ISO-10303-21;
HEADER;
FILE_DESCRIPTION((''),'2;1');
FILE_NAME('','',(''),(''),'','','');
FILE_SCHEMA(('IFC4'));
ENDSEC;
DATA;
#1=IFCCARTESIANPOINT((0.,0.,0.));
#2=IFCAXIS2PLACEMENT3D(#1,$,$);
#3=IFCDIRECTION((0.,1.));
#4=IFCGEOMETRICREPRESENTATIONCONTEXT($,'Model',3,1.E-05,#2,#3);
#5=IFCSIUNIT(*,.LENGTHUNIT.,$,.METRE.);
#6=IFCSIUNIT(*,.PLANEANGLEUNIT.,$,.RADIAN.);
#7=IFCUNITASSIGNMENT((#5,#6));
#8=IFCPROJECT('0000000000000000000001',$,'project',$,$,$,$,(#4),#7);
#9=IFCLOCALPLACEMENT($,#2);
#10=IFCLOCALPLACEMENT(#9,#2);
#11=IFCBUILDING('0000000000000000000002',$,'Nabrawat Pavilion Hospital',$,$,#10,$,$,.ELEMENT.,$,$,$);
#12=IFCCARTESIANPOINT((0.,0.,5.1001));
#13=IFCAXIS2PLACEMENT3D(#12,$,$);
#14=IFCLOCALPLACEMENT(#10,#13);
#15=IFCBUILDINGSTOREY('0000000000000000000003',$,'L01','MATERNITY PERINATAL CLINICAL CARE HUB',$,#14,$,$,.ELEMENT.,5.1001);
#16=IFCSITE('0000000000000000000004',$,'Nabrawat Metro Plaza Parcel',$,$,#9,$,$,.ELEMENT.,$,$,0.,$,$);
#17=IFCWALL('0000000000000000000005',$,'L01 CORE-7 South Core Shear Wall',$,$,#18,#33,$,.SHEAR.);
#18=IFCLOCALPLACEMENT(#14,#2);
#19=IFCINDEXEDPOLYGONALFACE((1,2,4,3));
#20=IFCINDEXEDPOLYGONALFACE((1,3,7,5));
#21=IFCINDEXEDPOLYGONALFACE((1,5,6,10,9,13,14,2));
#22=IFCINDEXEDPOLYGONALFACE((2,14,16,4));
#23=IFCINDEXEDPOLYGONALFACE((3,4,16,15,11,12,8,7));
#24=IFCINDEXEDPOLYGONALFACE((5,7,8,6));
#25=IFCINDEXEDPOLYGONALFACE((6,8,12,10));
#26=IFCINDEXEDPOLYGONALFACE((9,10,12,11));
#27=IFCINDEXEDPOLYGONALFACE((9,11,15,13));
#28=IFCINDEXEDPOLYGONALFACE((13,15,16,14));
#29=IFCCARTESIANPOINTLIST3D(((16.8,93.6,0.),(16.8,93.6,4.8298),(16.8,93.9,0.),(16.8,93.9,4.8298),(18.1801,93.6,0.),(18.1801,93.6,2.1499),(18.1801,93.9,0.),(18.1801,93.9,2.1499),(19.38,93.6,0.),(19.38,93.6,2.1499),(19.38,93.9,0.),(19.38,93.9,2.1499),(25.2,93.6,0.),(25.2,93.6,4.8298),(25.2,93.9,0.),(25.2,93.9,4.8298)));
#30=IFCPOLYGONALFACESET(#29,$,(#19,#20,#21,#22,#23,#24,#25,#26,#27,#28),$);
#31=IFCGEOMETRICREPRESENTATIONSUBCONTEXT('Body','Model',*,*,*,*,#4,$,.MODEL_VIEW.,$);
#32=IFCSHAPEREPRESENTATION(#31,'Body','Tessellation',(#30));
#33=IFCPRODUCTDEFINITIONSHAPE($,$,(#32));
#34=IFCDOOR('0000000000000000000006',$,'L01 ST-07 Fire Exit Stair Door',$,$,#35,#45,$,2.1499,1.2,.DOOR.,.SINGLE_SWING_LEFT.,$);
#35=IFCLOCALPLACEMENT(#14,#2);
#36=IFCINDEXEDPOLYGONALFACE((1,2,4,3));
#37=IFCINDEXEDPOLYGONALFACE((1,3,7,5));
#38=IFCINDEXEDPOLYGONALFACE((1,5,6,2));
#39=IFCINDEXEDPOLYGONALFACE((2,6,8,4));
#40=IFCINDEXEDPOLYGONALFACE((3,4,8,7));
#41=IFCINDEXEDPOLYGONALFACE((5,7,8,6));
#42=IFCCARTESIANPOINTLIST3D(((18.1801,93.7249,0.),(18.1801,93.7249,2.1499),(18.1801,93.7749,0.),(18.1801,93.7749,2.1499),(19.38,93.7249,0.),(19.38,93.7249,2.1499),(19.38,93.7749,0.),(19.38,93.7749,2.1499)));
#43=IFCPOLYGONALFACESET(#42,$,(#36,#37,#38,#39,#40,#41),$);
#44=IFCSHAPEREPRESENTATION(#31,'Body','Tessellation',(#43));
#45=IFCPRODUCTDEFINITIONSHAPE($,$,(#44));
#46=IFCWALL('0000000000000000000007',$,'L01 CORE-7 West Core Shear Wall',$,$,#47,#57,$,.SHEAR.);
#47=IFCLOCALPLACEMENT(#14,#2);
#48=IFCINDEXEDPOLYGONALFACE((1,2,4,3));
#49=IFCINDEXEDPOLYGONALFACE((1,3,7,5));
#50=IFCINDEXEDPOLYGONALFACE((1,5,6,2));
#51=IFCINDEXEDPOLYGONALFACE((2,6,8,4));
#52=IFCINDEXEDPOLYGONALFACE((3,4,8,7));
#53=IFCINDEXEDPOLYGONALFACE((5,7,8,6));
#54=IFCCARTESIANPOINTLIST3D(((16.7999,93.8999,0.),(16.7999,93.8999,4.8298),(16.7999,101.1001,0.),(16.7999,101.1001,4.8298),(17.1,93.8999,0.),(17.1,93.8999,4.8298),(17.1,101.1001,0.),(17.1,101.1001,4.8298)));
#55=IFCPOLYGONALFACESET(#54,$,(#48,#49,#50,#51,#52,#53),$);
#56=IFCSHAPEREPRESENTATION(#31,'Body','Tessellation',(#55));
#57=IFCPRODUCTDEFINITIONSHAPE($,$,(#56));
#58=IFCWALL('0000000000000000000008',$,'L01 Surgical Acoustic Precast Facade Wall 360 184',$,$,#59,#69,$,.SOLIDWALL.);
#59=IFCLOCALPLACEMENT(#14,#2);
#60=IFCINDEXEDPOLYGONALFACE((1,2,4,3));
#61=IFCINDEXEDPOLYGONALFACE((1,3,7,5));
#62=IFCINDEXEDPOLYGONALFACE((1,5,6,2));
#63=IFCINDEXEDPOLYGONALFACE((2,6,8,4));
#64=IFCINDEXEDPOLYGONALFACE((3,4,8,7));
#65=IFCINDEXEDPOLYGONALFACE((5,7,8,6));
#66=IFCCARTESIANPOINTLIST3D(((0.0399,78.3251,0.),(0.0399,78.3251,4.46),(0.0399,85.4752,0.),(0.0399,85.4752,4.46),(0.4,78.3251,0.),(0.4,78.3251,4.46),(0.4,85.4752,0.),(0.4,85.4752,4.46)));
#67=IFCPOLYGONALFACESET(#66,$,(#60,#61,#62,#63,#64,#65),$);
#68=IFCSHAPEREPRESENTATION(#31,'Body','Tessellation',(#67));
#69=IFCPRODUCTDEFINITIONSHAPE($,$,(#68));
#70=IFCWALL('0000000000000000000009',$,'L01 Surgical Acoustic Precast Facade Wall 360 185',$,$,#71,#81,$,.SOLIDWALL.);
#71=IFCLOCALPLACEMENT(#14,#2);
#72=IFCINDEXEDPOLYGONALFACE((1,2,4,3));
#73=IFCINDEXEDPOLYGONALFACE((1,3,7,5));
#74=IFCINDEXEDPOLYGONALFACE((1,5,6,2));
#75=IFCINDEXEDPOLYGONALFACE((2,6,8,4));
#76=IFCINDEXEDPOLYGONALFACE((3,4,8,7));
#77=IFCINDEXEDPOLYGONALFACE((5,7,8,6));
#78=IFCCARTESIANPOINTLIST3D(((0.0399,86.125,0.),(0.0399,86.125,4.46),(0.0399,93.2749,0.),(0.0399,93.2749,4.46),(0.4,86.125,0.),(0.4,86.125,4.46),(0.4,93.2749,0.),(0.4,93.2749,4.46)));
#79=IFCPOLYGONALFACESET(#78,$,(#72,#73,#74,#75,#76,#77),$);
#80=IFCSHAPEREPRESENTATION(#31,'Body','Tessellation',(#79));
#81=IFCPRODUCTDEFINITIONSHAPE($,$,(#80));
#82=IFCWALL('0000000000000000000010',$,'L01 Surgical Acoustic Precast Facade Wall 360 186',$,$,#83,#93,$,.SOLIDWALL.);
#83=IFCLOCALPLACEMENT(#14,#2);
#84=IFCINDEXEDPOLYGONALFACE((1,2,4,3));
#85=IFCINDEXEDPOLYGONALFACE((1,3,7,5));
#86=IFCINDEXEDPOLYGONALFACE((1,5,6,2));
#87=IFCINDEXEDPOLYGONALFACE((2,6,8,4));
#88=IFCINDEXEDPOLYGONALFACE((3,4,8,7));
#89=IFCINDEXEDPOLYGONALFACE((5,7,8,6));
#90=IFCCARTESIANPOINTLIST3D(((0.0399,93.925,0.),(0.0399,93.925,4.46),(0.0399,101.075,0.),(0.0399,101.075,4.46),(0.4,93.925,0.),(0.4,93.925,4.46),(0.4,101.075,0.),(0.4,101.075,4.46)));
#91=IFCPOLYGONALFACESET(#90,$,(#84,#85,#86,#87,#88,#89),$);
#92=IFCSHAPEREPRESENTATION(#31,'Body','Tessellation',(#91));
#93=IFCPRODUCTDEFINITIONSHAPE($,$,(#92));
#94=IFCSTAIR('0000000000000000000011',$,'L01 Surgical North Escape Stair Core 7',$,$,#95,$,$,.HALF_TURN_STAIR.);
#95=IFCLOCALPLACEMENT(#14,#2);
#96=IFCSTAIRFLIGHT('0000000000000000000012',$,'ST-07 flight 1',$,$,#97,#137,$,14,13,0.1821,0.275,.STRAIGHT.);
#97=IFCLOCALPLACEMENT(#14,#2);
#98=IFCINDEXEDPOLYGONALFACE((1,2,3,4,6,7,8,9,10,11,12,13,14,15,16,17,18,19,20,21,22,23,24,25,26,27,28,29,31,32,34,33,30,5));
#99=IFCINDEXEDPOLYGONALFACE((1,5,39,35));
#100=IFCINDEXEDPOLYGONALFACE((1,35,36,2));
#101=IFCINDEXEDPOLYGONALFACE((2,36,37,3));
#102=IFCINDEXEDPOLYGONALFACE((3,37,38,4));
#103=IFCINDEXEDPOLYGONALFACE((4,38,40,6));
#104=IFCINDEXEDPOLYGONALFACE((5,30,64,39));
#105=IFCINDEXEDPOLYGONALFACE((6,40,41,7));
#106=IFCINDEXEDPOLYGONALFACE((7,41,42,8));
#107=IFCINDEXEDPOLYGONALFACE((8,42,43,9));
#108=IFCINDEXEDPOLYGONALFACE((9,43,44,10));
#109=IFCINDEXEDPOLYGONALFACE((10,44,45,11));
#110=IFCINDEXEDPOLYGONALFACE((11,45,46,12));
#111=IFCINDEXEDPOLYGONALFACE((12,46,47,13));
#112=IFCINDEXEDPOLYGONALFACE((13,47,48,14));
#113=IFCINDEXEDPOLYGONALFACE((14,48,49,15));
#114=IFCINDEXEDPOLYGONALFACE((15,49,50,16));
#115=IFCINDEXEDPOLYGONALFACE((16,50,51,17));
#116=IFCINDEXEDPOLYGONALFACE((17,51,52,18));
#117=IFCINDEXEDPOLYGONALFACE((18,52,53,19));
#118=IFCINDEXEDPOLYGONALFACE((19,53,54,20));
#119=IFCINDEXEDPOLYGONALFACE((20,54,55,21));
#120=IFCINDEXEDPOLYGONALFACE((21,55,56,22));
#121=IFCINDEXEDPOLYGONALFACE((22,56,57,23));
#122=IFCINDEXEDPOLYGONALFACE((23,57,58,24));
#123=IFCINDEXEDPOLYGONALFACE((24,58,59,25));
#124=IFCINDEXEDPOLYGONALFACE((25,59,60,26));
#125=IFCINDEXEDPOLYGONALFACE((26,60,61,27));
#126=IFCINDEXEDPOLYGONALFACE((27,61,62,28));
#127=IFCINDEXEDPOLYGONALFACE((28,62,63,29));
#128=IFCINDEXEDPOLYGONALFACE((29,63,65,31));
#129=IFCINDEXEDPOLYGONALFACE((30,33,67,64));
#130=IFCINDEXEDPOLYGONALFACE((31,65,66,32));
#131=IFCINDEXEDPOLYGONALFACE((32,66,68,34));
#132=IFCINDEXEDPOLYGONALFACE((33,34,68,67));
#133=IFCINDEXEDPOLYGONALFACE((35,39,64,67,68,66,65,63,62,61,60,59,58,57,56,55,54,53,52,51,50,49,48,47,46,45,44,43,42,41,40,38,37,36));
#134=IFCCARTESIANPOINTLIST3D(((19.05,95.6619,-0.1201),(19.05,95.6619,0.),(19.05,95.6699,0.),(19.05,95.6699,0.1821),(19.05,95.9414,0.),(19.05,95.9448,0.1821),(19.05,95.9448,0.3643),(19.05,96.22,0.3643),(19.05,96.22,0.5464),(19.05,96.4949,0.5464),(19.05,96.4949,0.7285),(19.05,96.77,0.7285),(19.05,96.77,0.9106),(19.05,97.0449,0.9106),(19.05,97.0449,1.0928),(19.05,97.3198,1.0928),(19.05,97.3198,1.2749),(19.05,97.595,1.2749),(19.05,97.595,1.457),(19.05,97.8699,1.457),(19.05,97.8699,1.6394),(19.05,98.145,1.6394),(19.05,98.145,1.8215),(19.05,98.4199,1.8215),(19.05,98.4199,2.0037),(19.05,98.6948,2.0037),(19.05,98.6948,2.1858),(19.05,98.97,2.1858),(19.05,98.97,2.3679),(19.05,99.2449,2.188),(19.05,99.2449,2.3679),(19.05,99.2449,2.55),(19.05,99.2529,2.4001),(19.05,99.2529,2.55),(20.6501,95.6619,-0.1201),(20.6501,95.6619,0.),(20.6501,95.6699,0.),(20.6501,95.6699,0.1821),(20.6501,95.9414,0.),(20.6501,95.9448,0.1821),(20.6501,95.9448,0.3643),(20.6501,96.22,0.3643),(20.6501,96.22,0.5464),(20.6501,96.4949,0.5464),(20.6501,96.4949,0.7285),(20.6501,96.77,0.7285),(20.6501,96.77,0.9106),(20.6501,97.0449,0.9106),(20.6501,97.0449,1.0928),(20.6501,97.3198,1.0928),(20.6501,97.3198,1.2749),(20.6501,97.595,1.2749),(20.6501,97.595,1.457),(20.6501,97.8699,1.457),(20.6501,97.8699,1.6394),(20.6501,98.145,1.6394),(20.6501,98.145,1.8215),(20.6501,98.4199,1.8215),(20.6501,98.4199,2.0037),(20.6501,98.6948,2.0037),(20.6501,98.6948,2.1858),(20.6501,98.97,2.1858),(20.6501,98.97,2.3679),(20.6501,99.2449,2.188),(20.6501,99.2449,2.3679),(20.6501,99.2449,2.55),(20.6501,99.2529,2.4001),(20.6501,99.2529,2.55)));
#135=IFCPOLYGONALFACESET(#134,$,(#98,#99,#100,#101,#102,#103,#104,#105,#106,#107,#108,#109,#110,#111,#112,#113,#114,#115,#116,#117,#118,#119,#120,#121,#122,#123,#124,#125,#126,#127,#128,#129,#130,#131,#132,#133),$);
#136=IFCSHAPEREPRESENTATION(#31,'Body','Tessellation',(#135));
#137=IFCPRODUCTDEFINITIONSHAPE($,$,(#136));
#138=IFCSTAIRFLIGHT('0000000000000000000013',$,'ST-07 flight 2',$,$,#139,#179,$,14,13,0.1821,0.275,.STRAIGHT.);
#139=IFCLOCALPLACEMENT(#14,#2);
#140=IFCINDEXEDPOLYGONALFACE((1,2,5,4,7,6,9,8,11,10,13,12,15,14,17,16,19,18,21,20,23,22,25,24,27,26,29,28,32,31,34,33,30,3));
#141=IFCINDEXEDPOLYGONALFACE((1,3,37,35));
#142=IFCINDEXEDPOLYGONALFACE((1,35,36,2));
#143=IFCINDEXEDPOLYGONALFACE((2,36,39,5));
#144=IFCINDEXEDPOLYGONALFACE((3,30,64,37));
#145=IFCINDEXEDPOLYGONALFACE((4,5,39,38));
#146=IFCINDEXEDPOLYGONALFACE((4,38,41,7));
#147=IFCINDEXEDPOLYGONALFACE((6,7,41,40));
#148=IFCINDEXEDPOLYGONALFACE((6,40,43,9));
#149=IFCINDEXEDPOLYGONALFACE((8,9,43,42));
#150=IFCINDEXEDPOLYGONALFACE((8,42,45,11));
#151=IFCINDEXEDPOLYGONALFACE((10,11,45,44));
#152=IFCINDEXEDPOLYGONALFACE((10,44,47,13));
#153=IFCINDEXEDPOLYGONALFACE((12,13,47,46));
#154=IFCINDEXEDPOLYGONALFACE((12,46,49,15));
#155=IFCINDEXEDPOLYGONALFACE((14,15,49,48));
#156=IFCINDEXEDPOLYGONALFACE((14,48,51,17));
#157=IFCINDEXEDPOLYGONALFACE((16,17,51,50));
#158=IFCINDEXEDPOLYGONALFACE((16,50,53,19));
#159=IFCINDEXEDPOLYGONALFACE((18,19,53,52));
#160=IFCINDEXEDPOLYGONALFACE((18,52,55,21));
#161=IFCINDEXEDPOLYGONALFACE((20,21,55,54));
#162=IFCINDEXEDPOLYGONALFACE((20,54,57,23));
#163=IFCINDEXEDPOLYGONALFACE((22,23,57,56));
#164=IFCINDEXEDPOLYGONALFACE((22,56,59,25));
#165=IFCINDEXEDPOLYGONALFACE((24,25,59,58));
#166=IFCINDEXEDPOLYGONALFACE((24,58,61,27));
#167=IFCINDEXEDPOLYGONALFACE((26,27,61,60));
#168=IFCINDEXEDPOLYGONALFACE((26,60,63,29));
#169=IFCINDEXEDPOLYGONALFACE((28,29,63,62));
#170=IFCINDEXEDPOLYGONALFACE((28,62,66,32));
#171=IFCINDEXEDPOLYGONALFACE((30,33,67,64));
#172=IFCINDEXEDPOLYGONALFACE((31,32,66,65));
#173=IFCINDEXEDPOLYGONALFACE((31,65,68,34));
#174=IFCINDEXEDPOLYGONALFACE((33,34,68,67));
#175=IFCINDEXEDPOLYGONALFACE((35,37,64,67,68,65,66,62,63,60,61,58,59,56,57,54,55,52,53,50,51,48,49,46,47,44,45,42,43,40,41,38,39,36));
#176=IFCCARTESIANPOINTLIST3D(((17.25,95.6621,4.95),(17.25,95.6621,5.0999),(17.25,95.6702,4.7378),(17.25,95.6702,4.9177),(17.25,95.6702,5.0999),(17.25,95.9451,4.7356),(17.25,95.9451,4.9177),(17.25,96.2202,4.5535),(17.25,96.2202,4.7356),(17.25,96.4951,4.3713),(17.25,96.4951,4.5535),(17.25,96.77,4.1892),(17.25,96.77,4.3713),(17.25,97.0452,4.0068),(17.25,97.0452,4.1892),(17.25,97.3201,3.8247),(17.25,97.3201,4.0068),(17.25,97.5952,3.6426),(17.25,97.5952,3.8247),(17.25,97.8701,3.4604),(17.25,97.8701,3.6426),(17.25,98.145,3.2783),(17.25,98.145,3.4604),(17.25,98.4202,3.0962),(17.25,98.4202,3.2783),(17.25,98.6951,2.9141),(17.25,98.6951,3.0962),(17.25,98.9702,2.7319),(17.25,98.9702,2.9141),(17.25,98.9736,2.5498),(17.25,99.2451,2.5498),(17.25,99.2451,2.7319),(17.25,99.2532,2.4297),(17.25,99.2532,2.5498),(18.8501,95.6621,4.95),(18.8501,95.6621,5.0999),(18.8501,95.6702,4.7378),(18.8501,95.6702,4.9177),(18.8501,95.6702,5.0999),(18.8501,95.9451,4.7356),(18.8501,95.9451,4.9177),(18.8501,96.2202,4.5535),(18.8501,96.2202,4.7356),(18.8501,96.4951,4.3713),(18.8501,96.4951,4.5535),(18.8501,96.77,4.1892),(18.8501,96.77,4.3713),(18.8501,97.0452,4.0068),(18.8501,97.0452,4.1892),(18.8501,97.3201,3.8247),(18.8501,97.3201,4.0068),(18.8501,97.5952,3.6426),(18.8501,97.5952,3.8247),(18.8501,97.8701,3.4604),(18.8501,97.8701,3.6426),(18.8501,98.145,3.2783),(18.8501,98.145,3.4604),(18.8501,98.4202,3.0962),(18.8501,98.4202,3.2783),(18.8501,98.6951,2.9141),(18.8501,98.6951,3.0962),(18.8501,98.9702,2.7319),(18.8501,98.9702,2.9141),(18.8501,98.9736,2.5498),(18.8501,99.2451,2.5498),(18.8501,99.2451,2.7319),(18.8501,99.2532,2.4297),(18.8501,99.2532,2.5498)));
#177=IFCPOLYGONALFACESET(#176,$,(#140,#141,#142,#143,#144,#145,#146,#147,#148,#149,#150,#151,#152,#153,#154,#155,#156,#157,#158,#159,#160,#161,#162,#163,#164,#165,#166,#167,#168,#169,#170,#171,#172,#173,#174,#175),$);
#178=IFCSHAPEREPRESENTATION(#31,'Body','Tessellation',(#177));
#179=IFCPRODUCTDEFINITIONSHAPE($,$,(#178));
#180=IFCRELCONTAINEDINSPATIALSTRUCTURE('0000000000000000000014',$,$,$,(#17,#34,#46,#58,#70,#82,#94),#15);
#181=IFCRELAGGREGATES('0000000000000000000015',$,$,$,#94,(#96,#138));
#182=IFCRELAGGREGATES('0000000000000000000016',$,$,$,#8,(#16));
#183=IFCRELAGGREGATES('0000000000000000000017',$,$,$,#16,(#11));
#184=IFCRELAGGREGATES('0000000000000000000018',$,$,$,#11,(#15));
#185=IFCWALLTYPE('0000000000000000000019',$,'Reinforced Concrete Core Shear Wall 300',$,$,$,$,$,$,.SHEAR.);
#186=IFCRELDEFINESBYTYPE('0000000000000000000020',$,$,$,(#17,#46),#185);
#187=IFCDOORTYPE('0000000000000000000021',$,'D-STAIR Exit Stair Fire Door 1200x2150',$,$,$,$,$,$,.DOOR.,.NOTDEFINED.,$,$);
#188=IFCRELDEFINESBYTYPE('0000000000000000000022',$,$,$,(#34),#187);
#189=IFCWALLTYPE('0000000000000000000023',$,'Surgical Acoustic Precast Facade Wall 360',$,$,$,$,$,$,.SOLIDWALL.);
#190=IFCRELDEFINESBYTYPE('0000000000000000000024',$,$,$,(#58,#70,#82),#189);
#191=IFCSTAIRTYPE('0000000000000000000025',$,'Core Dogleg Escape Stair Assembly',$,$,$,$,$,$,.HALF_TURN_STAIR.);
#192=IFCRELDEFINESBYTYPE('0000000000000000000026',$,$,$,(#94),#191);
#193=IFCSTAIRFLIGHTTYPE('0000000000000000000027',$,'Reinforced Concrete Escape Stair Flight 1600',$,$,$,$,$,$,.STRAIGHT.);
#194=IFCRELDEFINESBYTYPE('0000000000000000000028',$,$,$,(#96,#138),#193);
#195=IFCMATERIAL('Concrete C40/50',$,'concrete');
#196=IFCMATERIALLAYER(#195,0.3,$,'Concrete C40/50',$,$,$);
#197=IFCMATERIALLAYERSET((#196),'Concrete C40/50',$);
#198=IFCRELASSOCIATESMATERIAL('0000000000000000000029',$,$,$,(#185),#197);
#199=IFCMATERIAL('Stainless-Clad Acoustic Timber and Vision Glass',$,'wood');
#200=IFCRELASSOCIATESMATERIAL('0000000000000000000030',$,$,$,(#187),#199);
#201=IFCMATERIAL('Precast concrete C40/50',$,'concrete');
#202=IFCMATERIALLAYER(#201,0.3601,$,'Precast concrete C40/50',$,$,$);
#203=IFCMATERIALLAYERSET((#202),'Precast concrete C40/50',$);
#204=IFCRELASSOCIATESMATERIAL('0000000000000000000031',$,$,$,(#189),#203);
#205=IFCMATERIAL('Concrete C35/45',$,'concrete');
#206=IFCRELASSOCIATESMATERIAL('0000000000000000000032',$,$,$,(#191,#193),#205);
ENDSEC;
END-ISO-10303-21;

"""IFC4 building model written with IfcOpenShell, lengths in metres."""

from ifc_helpers import new_model, si_unit, direction, frame, frame_2d, origin, place, context, subcontext, project, spatial, polyline, rectangle, outline, extrude, material, layer, layer_set, type_object, element, fill, aggregate, save


model = new_model("IFC4")

# Units and contexts
model_context = context("Model", 3, precision=1e-05, world=origin(), true_north=direction((0.0, 1.0)))
body_context = subcontext(model_context, "Body", "Model", "MODEL_VIEW")
ifc_project = project(units=[si_unit("LENGTHUNIT", "METRE"), si_unit("PLANEANGLEUNIT", "RADIAN")], contexts=[model_context])

# Site, building, storey
site_placement = place(None, origin())
site = spatial("IfcSite", under=ifc_project, at=site_placement, Name="Nabrawat Metro Plaza Parcel", CompositionType="ELEMENT", RefElevation=0.0)
building_placement = place(site_placement, origin())
building = spatial("IfcBuilding", under=site, at=building_placement, Name="Nabrawat Pavilion Hospital", CompositionType="ELEMENT")
storey_placement = place(building_placement, frame((0.0, 0.0, 5.1001)))
storey = spatial("IfcBuildingStorey", under=building, at=storey_placement, Name="L01", Description="MATERNITY PERINATAL CLINICAL CARE HUB", CompositionType="ELEMENT", Elevation=5.1001)

# Shared definitions
ifc_material_1 = material(Name="Concrete C35/45", Category="concrete")

# Wall, opening, door
ifc_material_2 = material(Name="Concrete C40/50", Category="concrete")
ifc_layer_1 = layer(ifc_material_2, 0.3, Name="Concrete C40/50")
ifc_layer_set_1 = layer_set([ifc_layer_1], Name="Concrete C40/50")
wall_type_1 = type_object("IfcWallType", Name="Reinforced Concrete Core Shear Wall 300", PredefinedType="SHEAR", material=ifc_layer_set_1)
wall_1_placement = place(storey_placement, frame((16.8, 93.75, 0.0), z_axis=(0.0, 0.0, 1.0), x_axis=(1.0, 0.0, 0.0)))
wall_1 = element("IfcWall", 1, at=wall_1_placement, inside=storey, type_object=wall_type_1, Name="L01 CORE-7 South Core Shear Wall", PredefinedType="SHEAR", context=body_context, shape_type="SweptSolid", body=[
    extrude(rectangle(XDim=8.3999, YDim=0.3, at=frame_2d((4.2, 0.0))), origin(), (0.0, 0.0, 1.0), 4.8298),
])
opening_placement = place(wall_1_placement, frame((1.3799, 0.0, 0.0)))
opening = element("IfcOpeningElement", 2, at=opening_placement, cuts=wall_1, PredefinedType="OPENING", context=body_context, shape_type="SweptSolid", body=[
    extrude(rectangle(XDim=1.2, YDim=2.1499, at=frame_2d((0.6001, 1.075))), frame((0.0, 0.1602, 0.0), z_axis=(0.0, -1.0, 0.0), x_axis=(1.0, 0.0, 0.0)), (0.0, 0.0, 1.0), 0.3201),
])
ifc_material_3 = material(Name="Stainless-Clad Acoustic Timber and Vision Glass", Category="wood")
door_type = type_object("IfcDoorType", Name="D-STAIR Exit Stair Fire Door 1200x2150", OperationType="NOTDEFINED", PredefinedType="DOOR", material=ifc_material_3)
door_placement = place(opening_placement, origin())
door = element("IfcDoor", 3, at=door_placement, inside=storey, type_object=door_type, Name="L01 ST-07 Fire Exit Stair Door", OperationType="SINGLE_SWING_LEFT", OverallHeight=2.1499, OverallWidth=1.2, PredefinedType="DOOR", context=body_context, shape_type="SweptSolid", body=[
    extrude(rectangle(XDim=1.2, YDim=2.1499, at=frame_2d((0.6001, 1.075))), frame((0.0, 0.0249, 0.0), z_axis=(0.0, -1.0, 0.0), x_axis=(1.0, 0.0, 0.0)), (0.0, 0.0, 1.0), 0.05),
])
fill(opening, door)

# Walls
wall_2_placement = place(storey_placement, frame((16.95, 93.8999, 0.0), z_axis=(0.0, 0.0, 1.0), x_axis=(0.0, 1.0, 0.0)))
element("IfcWall", 4, at=wall_2_placement, inside=storey, type_object=wall_type_1, Name="L01 CORE-7 West Core Shear Wall", PredefinedType="SHEAR", context=body_context, shape_type="SweptSolid", body=[
    extrude(rectangle(XDim=7.2002, YDim=0.3, at=frame_2d((3.6001, 0.0))), origin(), (0.0, 0.0, 1.0), 4.8298),
])
ifc_material_4 = material(Name="Precast concrete C40/50", Category="concrete")
ifc_layer_2 = layer(ifc_material_4, 0.3601, Name="Precast concrete C40/50")
ifc_layer_set_2 = layer_set([ifc_layer_2], Name="Precast concrete C40/50")
wall_type_2 = type_object("IfcWallType", Name="Surgical Acoustic Precast Facade Wall 360", PredefinedType="SOLIDWALL", material=ifc_layer_set_2)
wall_3_placement = place(storey_placement, frame((0.22, 78.325, 0.0), z_axis=(0.0, 0.0, 1.0), x_axis=(0.0, 1.0, 0.0)))
element("IfcWall", 5, at=wall_3_placement, inside=storey, type_object=wall_type_2, Name="L01 Surgical Acoustic Precast Facade Wall 360 184", PredefinedType="SOLIDWALL", context=body_context, shape_type="SweptSolid", body=[
    extrude(rectangle(XDim=7.1501, YDim=0.3601, at=frame_2d((3.5752, 0.0))), origin(), (0.0, 0.0, 1.0), 4.46),
])
for number, where, z_axis, x_axis, name in (
    (6, (0.22, 86.125, 0.0), (0.0, 0.0, 1.0), (0.0, 1.0, 0.0), "L01 Surgical Acoustic Precast Facade Wall 360 185"),
    (7, (0.22, 93.925, 0.0), (0.0, 0.0, 1.0), (0.0, 1.0, 0.0), "L01 Surgical Acoustic Precast Facade Wall 360 186"),
):
    element("IfcWall", number, at=place(storey_placement, frame(where, z_axis=z_axis, x_axis=x_axis)), inside=storey, type_object=wall_type_2, Name=name, PredefinedType="SOLIDWALL", context=body_context, shape_type="SweptSolid", body=[
        extrude(rectangle(XDim=7.1499, YDim=0.3601, at=frame_2d((3.575, 0.0))), origin(), (0.0, 0.0, 1.0), 4.46),
    ])

# Stair, stair flights
stair_type = type_object("IfcStairType", Name="Core Dogleg Escape Stair Assembly", PredefinedType="HALF_TURN_STAIR", material=ifc_material_1)
stair_placement = place(storey_placement, origin())
stair = element("IfcStair", 8, at=stair_placement, inside=storey, type_object=stair_type, Name="L01 Surgical North Escape Stair Core 7", PredefinedType="HALF_TURN_STAIR")
stair_flight_type = type_object("IfcStairFlightType", Name="Reinforced Concrete Escape Stair Flight 1600", PredefinedType="STRAIGHT", material=ifc_material_1)
stair_flight_1_placement = place(storey_placement, frame((19.8501, 95.6699, 0.0), z_axis=(0.0, 0.0, 1.0), x_axis=(0.0, 1.0, 0.0)))
stair_flight_1 = element("IfcStairFlight", 9, at=stair_flight_1_placement, type_object=stair_flight_type, Name="ST-07 flight 1", NumberOfRisers=14, NumberOfTreads=13, PredefinedType="STRAIGHT", RiserHeight=0.1821, TreadLength=0.275, context=body_context, shape_type="SweptSolid", body=[
    extrude(outline(polyline([(-0.0081, 0.0), (0.0, 0.0), (0.0, 0.1821), (0.2749, 0.1821), (0.2749, 0.3643), (0.55, 0.3643), (0.55, 0.5464), (0.825, 0.5464), (0.825, 0.7285), (1.1001, 0.7285), (1.1001, 0.9106), (1.375, 0.9106), (1.375, 1.0928), (1.6499, 1.0928), (1.6499, 1.2749), (1.925, 1.2749), (1.925, 1.457), (2.2, 1.457), (2.2, 1.6394), (2.4751, 1.6394), (2.4751, 1.8215), (2.75, 1.8215), (2.75, 2.0037), (3.0249, 2.0037), (3.0249, 2.1858), (3.3, 2.1858), (3.3, 2.3679), (3.575, 2.3679), (3.575, 2.55), (3.583, 2.55), (3.583, 2.4001), (3.575, 2.188), (0.2715, 0.0), (-0.0081, -0.1201), (-0.0081, 0.0)])), frame((0.0, 0.8, 0.0), z_axis=(0.0, -1.0, 0.0), x_axis=(1.0, 0.0, 0.0)), (0.0, 0.0, 1.0), 1.6001),
])
stair_flight_2_placement = place(storey_placement, frame((18.05, 99.2451, 2.5498), z_axis=(0.0, 0.0, 1.0), x_axis=(0.0, -1.0, 0.0)))
stair_flight_2 = element("IfcStairFlight", 10, at=stair_flight_2_placement, type_object=stair_flight_type, Name="ST-07 flight 2", NumberOfRisers=14, NumberOfTreads=13, PredefinedType="STRAIGHT", RiserHeight=0.1821, TreadLength=0.275, context=body_context, shape_type="SweptSolid", body=[
    extrude(outline(polyline([(-0.0081, 0.0), (0.0, 0.0), (0.0, 0.1821), (0.2749, 0.1821), (0.2749, 0.3643), (0.55, 0.3643), (0.55, 0.5464), (0.825, 0.5464), (0.825, 0.7285), (1.1001, 0.7285), (1.1001, 0.9106), (1.375, 0.9106), (1.375, 1.0928), (1.6499, 1.0928), (1.6499, 1.2749), (1.925, 1.2749), (1.925, 1.457), (2.2, 1.457), (2.2, 1.6394), (2.4751, 1.6394), (2.4751, 1.8215), (2.75, 1.8215), (2.75, 2.0037), (3.0249, 2.0037), (3.0249, 2.1858), (3.3, 2.1858), (3.3, 2.3679), (3.575, 2.3679), (3.575, 2.55), (3.583, 2.55), (3.583, 2.4001), (3.575, 2.188), (0.2715, 0.0), (-0.0081, -0.1201), (-0.0081, 0.0)])), frame((0.0, 0.8, 0.0), z_axis=(0.0, -1.0, 0.0), x_axis=(1.0, 0.0, 0.0)), (0.0, 0.0, 1.0), 1.6001),
])
aggregate(stair, [stair_flight_1, stair_flight_2])

save(model, "model.ifc")
